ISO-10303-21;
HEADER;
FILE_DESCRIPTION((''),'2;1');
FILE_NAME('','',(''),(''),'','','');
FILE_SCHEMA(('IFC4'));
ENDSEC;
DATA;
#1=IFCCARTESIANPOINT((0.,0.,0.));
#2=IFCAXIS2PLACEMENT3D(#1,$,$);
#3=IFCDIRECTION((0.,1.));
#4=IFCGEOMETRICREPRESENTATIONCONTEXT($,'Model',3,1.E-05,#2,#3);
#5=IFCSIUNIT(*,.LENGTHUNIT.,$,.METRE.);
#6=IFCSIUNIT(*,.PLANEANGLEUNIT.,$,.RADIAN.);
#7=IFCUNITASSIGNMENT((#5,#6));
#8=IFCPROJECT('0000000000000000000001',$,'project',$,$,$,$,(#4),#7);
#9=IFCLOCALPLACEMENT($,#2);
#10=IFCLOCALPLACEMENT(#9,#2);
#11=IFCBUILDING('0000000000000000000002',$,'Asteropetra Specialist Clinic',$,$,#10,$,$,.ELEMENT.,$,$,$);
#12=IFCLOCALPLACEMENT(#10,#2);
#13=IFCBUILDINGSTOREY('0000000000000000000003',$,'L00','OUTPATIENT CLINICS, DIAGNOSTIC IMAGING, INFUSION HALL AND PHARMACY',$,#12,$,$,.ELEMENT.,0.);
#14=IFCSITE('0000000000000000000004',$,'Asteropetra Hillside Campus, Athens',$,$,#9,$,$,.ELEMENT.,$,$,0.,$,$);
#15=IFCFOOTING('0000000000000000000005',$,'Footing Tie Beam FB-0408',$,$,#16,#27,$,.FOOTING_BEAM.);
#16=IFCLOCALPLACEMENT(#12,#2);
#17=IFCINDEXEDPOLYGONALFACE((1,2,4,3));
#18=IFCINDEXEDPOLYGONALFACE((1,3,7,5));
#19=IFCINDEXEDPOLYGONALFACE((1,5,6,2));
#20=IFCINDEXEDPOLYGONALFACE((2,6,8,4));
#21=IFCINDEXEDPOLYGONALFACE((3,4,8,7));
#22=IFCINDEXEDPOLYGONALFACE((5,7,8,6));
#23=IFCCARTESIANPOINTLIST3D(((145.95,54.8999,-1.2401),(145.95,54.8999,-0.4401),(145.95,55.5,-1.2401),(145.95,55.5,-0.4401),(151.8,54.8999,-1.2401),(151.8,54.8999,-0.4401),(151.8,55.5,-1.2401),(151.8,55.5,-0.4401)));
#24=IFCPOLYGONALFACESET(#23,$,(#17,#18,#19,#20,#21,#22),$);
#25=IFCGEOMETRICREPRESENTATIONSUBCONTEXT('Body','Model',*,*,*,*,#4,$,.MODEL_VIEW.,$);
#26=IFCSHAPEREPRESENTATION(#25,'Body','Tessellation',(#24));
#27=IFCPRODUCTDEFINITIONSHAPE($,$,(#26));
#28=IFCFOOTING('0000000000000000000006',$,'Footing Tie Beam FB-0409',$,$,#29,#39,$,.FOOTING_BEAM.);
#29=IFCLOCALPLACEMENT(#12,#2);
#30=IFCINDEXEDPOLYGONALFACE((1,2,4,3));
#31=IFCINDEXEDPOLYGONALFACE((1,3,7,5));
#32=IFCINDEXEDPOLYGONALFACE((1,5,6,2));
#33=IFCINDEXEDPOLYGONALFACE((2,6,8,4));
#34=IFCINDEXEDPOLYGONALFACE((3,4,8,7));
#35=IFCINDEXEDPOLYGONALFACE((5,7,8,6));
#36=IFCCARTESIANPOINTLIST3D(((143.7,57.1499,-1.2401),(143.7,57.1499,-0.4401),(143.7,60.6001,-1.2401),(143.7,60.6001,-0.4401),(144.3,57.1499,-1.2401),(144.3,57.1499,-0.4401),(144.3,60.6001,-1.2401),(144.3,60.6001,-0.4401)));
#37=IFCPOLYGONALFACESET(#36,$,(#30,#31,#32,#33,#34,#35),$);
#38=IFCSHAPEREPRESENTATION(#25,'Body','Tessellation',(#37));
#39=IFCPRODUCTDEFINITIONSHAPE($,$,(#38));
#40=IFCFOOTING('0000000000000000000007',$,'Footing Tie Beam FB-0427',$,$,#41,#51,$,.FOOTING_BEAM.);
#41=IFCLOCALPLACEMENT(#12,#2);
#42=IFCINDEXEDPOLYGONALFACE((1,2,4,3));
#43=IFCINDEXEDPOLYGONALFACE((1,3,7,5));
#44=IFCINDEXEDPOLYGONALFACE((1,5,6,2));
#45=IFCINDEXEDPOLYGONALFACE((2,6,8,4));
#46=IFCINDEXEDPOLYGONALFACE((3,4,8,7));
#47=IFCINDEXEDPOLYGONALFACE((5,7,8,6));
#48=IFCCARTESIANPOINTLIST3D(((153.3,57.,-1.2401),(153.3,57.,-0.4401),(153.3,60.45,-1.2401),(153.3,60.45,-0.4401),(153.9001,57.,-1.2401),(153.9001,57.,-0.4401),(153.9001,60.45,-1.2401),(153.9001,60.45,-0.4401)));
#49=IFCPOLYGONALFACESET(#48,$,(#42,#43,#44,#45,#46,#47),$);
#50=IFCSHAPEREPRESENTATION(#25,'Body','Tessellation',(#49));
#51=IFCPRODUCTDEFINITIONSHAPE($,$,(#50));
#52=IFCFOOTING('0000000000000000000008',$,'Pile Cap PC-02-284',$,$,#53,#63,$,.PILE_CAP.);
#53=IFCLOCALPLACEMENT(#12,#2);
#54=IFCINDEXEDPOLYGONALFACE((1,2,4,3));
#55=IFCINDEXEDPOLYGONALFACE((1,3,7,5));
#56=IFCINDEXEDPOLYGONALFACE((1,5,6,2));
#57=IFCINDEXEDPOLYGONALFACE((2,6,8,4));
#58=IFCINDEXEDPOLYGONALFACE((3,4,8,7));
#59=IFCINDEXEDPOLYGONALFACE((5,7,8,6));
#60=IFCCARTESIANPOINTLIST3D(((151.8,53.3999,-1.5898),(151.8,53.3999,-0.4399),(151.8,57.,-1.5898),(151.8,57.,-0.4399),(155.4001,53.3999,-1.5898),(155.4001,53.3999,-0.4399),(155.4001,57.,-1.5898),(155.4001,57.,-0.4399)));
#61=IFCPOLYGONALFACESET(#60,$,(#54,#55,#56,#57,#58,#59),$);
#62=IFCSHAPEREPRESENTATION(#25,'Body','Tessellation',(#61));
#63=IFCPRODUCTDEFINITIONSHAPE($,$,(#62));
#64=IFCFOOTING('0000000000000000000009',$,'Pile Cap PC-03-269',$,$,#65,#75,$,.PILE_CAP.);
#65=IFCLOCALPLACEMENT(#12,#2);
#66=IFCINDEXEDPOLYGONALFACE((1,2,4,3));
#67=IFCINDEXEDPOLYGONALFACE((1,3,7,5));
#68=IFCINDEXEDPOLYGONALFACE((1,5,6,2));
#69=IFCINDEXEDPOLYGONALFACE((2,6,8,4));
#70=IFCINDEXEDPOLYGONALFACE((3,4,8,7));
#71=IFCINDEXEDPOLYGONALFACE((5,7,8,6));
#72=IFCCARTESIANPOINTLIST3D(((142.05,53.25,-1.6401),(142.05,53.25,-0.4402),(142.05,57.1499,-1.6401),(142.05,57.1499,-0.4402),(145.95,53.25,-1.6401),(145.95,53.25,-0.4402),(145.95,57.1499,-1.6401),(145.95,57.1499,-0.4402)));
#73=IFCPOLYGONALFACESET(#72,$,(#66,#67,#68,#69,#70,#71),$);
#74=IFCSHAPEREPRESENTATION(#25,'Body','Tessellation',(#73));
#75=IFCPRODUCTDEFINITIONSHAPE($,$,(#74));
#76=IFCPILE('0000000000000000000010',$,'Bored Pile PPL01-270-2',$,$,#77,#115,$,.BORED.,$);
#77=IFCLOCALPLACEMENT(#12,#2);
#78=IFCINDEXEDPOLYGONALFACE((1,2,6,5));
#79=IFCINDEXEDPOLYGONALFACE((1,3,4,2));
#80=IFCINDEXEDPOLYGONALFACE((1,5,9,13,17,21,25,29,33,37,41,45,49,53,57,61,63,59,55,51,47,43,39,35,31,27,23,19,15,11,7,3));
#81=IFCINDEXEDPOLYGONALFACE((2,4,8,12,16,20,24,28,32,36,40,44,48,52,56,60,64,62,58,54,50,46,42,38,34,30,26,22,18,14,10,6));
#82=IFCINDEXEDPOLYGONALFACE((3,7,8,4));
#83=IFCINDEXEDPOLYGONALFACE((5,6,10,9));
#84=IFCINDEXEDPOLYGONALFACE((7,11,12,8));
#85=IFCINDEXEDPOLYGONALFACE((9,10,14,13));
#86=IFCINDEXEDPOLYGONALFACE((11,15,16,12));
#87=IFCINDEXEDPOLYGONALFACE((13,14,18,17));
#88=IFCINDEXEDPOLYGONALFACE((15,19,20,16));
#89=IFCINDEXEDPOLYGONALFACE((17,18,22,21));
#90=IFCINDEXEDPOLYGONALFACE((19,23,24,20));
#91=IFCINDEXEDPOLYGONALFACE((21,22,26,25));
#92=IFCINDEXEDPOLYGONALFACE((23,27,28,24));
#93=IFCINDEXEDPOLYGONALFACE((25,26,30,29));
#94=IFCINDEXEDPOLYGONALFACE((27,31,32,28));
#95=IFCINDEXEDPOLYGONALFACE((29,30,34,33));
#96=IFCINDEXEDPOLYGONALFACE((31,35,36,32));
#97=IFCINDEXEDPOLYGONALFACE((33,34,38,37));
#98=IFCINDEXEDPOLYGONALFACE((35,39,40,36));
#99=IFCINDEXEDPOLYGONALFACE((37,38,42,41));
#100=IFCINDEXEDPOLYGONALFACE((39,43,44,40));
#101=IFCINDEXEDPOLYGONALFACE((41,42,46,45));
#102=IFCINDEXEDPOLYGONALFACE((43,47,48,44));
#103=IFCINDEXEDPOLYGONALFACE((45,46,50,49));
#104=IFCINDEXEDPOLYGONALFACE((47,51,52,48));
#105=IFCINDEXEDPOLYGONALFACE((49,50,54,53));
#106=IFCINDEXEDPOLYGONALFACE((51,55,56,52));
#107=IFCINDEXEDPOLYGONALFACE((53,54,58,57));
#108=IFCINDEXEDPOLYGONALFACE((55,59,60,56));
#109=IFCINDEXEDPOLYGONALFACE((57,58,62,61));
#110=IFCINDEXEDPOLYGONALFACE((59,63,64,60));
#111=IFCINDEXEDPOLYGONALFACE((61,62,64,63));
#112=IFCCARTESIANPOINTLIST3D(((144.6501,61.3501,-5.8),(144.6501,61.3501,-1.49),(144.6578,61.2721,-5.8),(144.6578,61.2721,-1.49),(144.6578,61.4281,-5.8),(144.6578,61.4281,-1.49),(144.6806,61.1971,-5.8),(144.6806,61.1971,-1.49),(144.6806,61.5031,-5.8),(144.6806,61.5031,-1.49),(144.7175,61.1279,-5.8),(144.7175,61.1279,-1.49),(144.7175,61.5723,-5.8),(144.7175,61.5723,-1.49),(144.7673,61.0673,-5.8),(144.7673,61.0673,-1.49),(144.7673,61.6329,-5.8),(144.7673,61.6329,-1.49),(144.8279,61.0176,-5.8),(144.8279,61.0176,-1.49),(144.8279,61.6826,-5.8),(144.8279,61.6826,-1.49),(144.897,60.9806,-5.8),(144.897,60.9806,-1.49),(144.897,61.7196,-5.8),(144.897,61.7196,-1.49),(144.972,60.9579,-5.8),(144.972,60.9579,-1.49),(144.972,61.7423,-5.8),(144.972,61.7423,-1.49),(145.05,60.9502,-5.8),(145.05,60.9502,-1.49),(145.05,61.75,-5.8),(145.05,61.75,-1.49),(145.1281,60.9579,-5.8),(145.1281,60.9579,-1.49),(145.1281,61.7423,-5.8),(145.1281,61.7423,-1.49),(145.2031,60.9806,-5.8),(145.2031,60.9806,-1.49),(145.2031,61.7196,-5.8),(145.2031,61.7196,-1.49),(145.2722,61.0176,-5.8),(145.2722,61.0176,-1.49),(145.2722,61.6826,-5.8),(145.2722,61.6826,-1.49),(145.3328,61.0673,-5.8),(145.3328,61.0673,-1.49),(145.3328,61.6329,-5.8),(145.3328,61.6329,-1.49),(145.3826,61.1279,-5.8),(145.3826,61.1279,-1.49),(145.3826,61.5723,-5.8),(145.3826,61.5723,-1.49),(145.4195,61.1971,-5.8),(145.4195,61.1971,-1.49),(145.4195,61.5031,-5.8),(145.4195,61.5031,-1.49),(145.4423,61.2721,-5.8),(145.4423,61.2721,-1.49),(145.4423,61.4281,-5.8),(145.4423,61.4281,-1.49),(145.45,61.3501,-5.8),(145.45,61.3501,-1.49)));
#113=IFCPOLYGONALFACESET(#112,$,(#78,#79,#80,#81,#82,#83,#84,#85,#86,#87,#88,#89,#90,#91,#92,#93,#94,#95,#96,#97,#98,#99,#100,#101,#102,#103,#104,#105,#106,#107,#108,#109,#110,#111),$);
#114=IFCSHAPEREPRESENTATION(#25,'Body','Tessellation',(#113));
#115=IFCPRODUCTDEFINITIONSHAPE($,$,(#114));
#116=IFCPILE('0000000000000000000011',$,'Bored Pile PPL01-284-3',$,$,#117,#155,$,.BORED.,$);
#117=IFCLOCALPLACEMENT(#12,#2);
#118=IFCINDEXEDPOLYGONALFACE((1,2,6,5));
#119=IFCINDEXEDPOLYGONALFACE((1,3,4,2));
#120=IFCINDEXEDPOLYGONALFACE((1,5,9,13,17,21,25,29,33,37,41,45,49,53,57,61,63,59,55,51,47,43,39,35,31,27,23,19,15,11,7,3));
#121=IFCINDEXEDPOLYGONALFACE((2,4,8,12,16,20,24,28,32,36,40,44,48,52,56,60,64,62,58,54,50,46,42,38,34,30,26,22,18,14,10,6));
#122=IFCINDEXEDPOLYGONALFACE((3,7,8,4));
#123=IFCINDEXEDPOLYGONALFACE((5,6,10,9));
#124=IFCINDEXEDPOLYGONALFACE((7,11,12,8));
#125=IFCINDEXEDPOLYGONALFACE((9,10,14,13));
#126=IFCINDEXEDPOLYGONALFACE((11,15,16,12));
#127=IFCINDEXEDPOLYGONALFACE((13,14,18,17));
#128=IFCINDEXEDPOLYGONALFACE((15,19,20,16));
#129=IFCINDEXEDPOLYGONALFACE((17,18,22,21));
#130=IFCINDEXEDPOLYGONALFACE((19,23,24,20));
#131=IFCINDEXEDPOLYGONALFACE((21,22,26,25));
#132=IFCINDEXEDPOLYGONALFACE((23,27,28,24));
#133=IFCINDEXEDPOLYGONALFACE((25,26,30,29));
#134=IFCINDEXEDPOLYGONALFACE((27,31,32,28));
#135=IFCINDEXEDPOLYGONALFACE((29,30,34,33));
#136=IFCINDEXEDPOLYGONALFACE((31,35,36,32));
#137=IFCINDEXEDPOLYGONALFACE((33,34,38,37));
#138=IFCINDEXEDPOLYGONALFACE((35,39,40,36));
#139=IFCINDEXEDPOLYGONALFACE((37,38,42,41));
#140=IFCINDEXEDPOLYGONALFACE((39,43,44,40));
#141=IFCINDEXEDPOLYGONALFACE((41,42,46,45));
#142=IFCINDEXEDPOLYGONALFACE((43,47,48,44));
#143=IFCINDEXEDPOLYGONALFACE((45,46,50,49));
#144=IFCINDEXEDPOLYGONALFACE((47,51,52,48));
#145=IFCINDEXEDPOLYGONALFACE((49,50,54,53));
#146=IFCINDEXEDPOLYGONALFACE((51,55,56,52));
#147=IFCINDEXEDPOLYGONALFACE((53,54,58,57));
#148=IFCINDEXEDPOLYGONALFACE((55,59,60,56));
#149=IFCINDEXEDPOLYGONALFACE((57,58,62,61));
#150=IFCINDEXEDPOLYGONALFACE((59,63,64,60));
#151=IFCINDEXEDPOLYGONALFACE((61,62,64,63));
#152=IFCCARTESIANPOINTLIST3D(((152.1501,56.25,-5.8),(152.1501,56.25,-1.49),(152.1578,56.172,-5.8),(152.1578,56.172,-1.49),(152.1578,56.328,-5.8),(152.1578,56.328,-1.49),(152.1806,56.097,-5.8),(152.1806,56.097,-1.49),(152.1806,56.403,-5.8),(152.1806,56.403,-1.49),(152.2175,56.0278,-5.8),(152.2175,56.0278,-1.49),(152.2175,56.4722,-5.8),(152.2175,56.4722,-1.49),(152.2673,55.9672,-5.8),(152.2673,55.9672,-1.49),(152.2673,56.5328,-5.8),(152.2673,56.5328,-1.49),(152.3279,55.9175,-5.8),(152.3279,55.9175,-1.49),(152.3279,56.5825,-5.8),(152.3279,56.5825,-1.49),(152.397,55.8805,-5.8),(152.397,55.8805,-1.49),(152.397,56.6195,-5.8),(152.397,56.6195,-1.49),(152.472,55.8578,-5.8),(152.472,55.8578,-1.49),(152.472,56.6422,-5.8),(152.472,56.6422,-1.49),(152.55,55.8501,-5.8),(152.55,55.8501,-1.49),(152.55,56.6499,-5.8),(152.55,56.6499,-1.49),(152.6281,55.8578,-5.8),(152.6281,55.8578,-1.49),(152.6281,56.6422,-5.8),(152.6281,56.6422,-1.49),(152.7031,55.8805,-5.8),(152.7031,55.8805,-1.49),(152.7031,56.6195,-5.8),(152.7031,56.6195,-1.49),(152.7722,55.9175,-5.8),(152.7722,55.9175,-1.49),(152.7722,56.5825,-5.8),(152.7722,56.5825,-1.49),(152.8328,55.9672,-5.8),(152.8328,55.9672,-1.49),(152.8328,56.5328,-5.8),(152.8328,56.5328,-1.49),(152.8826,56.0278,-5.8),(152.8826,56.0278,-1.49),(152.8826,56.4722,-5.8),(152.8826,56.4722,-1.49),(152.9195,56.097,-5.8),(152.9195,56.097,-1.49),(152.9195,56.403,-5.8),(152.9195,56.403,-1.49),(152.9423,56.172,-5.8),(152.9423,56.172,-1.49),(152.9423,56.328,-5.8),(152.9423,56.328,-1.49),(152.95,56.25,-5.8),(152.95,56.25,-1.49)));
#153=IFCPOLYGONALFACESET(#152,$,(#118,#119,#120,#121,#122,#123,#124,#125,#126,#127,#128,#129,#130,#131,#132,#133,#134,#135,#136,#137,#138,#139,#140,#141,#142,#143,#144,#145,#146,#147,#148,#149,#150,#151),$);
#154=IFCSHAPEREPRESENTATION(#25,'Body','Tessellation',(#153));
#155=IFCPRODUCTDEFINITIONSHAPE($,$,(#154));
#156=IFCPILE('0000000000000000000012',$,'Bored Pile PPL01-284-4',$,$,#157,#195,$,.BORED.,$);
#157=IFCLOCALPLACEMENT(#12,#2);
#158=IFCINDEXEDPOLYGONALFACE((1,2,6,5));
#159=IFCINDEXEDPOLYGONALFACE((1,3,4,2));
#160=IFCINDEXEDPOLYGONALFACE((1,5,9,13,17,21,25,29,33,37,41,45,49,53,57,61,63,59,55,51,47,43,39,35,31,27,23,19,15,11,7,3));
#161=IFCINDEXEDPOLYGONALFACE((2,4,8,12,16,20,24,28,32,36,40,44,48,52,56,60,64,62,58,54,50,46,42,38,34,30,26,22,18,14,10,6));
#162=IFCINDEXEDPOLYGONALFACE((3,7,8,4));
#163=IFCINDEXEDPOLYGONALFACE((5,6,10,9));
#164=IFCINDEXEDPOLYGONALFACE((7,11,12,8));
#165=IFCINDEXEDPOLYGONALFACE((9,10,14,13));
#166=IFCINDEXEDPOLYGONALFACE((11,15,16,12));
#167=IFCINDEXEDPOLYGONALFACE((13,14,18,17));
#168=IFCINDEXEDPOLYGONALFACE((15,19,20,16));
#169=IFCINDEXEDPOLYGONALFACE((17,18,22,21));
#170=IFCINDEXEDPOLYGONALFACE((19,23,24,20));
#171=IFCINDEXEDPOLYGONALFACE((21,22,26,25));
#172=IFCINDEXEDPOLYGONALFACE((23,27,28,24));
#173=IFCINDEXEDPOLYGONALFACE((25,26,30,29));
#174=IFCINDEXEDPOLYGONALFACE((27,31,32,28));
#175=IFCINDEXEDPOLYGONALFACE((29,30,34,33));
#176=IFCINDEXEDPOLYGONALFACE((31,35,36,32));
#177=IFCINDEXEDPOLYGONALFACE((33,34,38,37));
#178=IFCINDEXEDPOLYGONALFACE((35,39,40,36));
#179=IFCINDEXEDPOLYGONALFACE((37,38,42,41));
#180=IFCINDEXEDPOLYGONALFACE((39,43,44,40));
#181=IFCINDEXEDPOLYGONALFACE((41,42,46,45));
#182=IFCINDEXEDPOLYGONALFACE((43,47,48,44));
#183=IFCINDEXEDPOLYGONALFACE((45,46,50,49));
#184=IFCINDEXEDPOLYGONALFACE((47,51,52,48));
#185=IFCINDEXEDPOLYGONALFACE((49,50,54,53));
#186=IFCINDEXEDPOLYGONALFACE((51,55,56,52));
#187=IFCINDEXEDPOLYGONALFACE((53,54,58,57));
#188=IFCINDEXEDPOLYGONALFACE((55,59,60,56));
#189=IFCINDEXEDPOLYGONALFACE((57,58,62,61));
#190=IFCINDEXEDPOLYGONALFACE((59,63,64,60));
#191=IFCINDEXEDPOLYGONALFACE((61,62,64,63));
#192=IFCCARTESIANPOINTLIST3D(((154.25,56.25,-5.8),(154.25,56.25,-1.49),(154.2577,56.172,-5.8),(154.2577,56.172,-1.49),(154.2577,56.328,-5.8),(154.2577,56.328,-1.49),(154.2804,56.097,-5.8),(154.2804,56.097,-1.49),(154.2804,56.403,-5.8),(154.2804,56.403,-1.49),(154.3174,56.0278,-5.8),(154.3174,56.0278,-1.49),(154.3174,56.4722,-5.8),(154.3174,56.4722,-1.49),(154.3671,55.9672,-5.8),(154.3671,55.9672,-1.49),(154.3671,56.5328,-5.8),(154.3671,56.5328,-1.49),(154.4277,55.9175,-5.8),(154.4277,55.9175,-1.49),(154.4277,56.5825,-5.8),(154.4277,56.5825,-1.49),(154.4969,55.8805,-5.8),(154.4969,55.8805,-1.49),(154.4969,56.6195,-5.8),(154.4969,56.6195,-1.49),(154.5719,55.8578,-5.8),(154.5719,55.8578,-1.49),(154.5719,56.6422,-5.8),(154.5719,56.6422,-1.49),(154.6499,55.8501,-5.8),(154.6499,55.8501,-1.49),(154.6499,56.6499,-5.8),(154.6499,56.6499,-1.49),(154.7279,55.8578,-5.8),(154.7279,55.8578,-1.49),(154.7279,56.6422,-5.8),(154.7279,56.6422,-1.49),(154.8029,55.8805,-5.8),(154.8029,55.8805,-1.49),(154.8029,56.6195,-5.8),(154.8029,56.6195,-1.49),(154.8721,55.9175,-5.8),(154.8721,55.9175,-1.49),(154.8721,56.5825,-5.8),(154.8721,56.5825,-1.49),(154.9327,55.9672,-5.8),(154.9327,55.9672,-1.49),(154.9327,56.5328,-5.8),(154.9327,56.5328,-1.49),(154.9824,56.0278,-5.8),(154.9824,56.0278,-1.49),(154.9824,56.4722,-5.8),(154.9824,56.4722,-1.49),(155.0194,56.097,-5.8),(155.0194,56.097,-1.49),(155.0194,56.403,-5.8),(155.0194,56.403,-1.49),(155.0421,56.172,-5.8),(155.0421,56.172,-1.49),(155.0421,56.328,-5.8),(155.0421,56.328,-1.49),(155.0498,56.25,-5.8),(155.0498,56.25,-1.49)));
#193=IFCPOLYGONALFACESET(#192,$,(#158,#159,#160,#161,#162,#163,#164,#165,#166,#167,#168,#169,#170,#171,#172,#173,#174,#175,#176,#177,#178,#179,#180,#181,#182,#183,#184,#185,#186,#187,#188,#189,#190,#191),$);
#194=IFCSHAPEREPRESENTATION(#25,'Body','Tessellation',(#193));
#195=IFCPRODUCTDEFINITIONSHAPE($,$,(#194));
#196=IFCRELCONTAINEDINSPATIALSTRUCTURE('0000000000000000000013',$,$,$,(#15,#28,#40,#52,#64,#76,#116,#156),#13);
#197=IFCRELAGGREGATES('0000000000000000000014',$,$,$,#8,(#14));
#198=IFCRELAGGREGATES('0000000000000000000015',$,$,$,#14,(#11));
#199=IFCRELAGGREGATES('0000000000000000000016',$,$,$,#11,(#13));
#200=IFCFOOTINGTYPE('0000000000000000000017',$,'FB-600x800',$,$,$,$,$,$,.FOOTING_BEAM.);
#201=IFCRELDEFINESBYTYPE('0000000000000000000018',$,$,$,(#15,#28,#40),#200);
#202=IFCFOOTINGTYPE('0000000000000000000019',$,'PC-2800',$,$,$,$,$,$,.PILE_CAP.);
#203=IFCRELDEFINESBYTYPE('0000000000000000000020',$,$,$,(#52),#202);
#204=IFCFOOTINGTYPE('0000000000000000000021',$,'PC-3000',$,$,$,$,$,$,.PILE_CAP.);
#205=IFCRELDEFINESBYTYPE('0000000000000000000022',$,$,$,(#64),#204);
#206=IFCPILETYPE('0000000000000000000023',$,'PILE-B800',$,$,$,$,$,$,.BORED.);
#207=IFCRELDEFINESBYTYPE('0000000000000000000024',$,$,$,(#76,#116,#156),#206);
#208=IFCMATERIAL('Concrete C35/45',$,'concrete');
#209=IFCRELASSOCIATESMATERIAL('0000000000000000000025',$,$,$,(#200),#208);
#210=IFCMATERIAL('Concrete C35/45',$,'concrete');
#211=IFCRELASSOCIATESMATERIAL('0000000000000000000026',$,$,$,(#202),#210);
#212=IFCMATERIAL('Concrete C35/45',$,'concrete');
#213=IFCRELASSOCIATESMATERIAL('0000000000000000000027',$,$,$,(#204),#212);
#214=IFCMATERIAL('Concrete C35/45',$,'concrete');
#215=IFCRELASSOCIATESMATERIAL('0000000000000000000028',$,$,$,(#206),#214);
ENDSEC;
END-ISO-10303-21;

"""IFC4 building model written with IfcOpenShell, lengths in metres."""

from ifc_helpers import new_model, si_unit, direction, frame, origin, origin_2d, place, context, subcontext, project, spatial, rectangle, circle, extrude, material, material_profile, profile_set, type_object, element, save


model = new_model("IFC4")

# Units and contexts
model_context = context("Model", 3, precision=1e-05, world=origin(), true_north=direction((0.0, 1.0)))
body_context = subcontext(model_context, "Body", "Model", "MODEL_VIEW")
ifc_project = project(units=[si_unit("LENGTHUNIT", "METRE"), si_unit("PLANEANGLEUNIT", "RADIAN")], contexts=[model_context])

# Site, building, storey
site_placement = place(None, origin())
site = spatial("IfcSite", under=ifc_project, at=site_placement, Name="Asteropetra Hillside Campus, Athens", CompositionType="ELEMENT", RefElevation=0.0)
building_placement = place(site_placement, origin())
building = spatial("IfcBuilding", under=site, at=building_placement, Name="Asteropetra Specialist Clinic", CompositionType="ELEMENT")
storey_placement = place(building_placement, origin())
storey = spatial("IfcBuildingStorey", under=building, at=storey_placement, Name="L00", Description="OUTPATIENT CLINICS, DIAGNOSTIC IMAGING, INFUSION HALL AND PHARMACY", CompositionType="ELEMENT", Elevation=0.0)

# Footings
ifc_material_1 = material(Name="Concrete C35/45", Category="concrete")
ifc_material_profile_1 = material_profile(ifc_material_1, rectangle(XDim=0.6001, YDim=0.8, at=origin_2d()), Name="FB 600x800")
ifc_profile_set_1 = profile_set([ifc_material_profile_1], Name="Concrete C35/45")
footing_type_1 = type_object("IfcFootingType", Name="FB-600x800", PredefinedType="FOOTING_BEAM", material=ifc_profile_set_1)
footing_1_placement = place(storey_placement, frame((145.95, 55.2, -0.8401), z_axis=(1.0, 0.0, 0.0), x_axis=(0.0, 1.0, 0.0)))
element("IfcFooting", 1, at=footing_1_placement, inside=storey, type_object=footing_type_1, Name="Footing Tie Beam FB-0408", PredefinedType="FOOTING_BEAM", context=body_context, shape_type="SweptSolid", body=[
    extrude(rectangle(XDim=0.6001, YDim=0.8, at=origin_2d()), origin(), (0.0, 0.0, 1.0), 5.8501),
])
footing_2_placement = place(storey_placement, frame((144.0, 57.1499, -0.8401), z_axis=(0.0, 1.0, 0.0), x_axis=(-1.0, 0.0, 0.0)))
element("IfcFooting", 2, at=footing_2_placement, inside=storey, type_object=footing_type_1, Name="Footing Tie Beam FB-0409", PredefinedType="FOOTING_BEAM", context=body_context, shape_type="SweptSolid", body=[
    extrude(rectangle(XDim=0.6001, YDim=0.8, at=origin_2d()), origin(), (0.0, 0.0, 1.0), 3.4502),
])
footing_3_placement = place(storey_placement, frame((153.6001, 57.0, -0.8401), z_axis=(0.0, 1.0, 0.0), x_axis=(-1.0, 0.0, 0.0)))
element("IfcFooting", 3, at=footing_3_placement, inside=storey, type_object=footing_type_1, Name="Footing Tie Beam FB-0427", PredefinedType="FOOTING_BEAM", context=body_context, shape_type="SweptSolid", body=[
    extrude(rectangle(XDim=0.6001, YDim=0.8, at=origin_2d()), origin(), (0.0, 0.0, 1.0), 3.45),
])
ifc_material_2 = material(Name="Concrete C35/45", Category="concrete")
footing_type_2 = type_object("IfcFootingType", Name="PC-2800", PredefinedType="PILE_CAP", material=ifc_material_2)
footing_4_placement = place(storey_placement, frame((153.6001, 55.2, -1.5898), z_axis=(0.0, 0.0, 1.0), x_axis=(1.0, 0.0, 0.0)))
element("IfcFooting", 4, at=footing_4_placement, inside=storey, type_object=footing_type_2, Name="Pile Cap PC-02-284", PredefinedType="PILE_CAP", context=body_context, shape_type="SweptSolid", body=[
    extrude(rectangle(XDim=3.6001, YDim=3.6001, at=origin_2d()), origin(), (0.0, 0.0, 1.0), 1.1499),
])
ifc_material_3 = material(Name="Concrete C35/45", Category="concrete")
footing_type_3 = type_object("IfcFootingType", Name="PC-3000", PredefinedType="PILE_CAP", material=ifc_material_3)
footing_5_placement = place(storey_placement, frame((144.0, 55.2, -1.6401), z_axis=(0.0, 0.0, 1.0), x_axis=(1.0, 0.0, 0.0)))
element("IfcFooting", 5, at=footing_5_placement, inside=storey, type_object=footing_type_3, Name="Pile Cap PC-03-269", PredefinedType="PILE_CAP", context=body_context, shape_type="SweptSolid", body=[
    extrude(rectangle(XDim=3.8999, YDim=3.8999, at=origin_2d()), origin(), (0.0, 0.0, 1.0), 1.2),
])

# Piles
ifc_material_4 = material(Name="Concrete C35/45", Category="concrete")
ifc_material_profile_2 = material_profile(ifc_material_4, circle(Radius=0.3999, at=origin_2d()), Name="PILE D800")
ifc_profile_set_2 = profile_set([ifc_material_profile_2], Name="Concrete C35/45")
pile_type_1 = type_object("IfcPileType", Name="PILE-B800", PredefinedType="BORED", material=ifc_profile_set_2)
for number, where, z_axis, x_axis, name in (
    (6, (145.05, 61.3501, -1.49), (0.0, 0.0, -1.0), (1.0, 0.0, 0.0), "Bored Pile PPL01-270-2"),
    (7, (152.55, 56.25, -1.49), (0.0, 0.0, -1.0), (1.0, 0.0, 0.0), "Bored Pile PPL01-284-3"),
    (8, (154.6499, 56.25, -1.49), (0.0, 0.0, -1.0), (1.0, 0.0, 0.0), "Bored Pile PPL01-284-4"),
):
    element("IfcPile", number, at=place(storey_placement, frame(where, z_axis=z_axis, x_axis=x_axis)), inside=storey, type_object=pile_type_1, Name=name, PredefinedType="BORED", context=body_context, shape_type="SweptSolid", body=[
        extrude(circle(Radius=0.3999, at=origin_2d()), origin(), (0.0, 0.0, 1.0), 4.3101),
    ])

save(model, "model.ifc")
